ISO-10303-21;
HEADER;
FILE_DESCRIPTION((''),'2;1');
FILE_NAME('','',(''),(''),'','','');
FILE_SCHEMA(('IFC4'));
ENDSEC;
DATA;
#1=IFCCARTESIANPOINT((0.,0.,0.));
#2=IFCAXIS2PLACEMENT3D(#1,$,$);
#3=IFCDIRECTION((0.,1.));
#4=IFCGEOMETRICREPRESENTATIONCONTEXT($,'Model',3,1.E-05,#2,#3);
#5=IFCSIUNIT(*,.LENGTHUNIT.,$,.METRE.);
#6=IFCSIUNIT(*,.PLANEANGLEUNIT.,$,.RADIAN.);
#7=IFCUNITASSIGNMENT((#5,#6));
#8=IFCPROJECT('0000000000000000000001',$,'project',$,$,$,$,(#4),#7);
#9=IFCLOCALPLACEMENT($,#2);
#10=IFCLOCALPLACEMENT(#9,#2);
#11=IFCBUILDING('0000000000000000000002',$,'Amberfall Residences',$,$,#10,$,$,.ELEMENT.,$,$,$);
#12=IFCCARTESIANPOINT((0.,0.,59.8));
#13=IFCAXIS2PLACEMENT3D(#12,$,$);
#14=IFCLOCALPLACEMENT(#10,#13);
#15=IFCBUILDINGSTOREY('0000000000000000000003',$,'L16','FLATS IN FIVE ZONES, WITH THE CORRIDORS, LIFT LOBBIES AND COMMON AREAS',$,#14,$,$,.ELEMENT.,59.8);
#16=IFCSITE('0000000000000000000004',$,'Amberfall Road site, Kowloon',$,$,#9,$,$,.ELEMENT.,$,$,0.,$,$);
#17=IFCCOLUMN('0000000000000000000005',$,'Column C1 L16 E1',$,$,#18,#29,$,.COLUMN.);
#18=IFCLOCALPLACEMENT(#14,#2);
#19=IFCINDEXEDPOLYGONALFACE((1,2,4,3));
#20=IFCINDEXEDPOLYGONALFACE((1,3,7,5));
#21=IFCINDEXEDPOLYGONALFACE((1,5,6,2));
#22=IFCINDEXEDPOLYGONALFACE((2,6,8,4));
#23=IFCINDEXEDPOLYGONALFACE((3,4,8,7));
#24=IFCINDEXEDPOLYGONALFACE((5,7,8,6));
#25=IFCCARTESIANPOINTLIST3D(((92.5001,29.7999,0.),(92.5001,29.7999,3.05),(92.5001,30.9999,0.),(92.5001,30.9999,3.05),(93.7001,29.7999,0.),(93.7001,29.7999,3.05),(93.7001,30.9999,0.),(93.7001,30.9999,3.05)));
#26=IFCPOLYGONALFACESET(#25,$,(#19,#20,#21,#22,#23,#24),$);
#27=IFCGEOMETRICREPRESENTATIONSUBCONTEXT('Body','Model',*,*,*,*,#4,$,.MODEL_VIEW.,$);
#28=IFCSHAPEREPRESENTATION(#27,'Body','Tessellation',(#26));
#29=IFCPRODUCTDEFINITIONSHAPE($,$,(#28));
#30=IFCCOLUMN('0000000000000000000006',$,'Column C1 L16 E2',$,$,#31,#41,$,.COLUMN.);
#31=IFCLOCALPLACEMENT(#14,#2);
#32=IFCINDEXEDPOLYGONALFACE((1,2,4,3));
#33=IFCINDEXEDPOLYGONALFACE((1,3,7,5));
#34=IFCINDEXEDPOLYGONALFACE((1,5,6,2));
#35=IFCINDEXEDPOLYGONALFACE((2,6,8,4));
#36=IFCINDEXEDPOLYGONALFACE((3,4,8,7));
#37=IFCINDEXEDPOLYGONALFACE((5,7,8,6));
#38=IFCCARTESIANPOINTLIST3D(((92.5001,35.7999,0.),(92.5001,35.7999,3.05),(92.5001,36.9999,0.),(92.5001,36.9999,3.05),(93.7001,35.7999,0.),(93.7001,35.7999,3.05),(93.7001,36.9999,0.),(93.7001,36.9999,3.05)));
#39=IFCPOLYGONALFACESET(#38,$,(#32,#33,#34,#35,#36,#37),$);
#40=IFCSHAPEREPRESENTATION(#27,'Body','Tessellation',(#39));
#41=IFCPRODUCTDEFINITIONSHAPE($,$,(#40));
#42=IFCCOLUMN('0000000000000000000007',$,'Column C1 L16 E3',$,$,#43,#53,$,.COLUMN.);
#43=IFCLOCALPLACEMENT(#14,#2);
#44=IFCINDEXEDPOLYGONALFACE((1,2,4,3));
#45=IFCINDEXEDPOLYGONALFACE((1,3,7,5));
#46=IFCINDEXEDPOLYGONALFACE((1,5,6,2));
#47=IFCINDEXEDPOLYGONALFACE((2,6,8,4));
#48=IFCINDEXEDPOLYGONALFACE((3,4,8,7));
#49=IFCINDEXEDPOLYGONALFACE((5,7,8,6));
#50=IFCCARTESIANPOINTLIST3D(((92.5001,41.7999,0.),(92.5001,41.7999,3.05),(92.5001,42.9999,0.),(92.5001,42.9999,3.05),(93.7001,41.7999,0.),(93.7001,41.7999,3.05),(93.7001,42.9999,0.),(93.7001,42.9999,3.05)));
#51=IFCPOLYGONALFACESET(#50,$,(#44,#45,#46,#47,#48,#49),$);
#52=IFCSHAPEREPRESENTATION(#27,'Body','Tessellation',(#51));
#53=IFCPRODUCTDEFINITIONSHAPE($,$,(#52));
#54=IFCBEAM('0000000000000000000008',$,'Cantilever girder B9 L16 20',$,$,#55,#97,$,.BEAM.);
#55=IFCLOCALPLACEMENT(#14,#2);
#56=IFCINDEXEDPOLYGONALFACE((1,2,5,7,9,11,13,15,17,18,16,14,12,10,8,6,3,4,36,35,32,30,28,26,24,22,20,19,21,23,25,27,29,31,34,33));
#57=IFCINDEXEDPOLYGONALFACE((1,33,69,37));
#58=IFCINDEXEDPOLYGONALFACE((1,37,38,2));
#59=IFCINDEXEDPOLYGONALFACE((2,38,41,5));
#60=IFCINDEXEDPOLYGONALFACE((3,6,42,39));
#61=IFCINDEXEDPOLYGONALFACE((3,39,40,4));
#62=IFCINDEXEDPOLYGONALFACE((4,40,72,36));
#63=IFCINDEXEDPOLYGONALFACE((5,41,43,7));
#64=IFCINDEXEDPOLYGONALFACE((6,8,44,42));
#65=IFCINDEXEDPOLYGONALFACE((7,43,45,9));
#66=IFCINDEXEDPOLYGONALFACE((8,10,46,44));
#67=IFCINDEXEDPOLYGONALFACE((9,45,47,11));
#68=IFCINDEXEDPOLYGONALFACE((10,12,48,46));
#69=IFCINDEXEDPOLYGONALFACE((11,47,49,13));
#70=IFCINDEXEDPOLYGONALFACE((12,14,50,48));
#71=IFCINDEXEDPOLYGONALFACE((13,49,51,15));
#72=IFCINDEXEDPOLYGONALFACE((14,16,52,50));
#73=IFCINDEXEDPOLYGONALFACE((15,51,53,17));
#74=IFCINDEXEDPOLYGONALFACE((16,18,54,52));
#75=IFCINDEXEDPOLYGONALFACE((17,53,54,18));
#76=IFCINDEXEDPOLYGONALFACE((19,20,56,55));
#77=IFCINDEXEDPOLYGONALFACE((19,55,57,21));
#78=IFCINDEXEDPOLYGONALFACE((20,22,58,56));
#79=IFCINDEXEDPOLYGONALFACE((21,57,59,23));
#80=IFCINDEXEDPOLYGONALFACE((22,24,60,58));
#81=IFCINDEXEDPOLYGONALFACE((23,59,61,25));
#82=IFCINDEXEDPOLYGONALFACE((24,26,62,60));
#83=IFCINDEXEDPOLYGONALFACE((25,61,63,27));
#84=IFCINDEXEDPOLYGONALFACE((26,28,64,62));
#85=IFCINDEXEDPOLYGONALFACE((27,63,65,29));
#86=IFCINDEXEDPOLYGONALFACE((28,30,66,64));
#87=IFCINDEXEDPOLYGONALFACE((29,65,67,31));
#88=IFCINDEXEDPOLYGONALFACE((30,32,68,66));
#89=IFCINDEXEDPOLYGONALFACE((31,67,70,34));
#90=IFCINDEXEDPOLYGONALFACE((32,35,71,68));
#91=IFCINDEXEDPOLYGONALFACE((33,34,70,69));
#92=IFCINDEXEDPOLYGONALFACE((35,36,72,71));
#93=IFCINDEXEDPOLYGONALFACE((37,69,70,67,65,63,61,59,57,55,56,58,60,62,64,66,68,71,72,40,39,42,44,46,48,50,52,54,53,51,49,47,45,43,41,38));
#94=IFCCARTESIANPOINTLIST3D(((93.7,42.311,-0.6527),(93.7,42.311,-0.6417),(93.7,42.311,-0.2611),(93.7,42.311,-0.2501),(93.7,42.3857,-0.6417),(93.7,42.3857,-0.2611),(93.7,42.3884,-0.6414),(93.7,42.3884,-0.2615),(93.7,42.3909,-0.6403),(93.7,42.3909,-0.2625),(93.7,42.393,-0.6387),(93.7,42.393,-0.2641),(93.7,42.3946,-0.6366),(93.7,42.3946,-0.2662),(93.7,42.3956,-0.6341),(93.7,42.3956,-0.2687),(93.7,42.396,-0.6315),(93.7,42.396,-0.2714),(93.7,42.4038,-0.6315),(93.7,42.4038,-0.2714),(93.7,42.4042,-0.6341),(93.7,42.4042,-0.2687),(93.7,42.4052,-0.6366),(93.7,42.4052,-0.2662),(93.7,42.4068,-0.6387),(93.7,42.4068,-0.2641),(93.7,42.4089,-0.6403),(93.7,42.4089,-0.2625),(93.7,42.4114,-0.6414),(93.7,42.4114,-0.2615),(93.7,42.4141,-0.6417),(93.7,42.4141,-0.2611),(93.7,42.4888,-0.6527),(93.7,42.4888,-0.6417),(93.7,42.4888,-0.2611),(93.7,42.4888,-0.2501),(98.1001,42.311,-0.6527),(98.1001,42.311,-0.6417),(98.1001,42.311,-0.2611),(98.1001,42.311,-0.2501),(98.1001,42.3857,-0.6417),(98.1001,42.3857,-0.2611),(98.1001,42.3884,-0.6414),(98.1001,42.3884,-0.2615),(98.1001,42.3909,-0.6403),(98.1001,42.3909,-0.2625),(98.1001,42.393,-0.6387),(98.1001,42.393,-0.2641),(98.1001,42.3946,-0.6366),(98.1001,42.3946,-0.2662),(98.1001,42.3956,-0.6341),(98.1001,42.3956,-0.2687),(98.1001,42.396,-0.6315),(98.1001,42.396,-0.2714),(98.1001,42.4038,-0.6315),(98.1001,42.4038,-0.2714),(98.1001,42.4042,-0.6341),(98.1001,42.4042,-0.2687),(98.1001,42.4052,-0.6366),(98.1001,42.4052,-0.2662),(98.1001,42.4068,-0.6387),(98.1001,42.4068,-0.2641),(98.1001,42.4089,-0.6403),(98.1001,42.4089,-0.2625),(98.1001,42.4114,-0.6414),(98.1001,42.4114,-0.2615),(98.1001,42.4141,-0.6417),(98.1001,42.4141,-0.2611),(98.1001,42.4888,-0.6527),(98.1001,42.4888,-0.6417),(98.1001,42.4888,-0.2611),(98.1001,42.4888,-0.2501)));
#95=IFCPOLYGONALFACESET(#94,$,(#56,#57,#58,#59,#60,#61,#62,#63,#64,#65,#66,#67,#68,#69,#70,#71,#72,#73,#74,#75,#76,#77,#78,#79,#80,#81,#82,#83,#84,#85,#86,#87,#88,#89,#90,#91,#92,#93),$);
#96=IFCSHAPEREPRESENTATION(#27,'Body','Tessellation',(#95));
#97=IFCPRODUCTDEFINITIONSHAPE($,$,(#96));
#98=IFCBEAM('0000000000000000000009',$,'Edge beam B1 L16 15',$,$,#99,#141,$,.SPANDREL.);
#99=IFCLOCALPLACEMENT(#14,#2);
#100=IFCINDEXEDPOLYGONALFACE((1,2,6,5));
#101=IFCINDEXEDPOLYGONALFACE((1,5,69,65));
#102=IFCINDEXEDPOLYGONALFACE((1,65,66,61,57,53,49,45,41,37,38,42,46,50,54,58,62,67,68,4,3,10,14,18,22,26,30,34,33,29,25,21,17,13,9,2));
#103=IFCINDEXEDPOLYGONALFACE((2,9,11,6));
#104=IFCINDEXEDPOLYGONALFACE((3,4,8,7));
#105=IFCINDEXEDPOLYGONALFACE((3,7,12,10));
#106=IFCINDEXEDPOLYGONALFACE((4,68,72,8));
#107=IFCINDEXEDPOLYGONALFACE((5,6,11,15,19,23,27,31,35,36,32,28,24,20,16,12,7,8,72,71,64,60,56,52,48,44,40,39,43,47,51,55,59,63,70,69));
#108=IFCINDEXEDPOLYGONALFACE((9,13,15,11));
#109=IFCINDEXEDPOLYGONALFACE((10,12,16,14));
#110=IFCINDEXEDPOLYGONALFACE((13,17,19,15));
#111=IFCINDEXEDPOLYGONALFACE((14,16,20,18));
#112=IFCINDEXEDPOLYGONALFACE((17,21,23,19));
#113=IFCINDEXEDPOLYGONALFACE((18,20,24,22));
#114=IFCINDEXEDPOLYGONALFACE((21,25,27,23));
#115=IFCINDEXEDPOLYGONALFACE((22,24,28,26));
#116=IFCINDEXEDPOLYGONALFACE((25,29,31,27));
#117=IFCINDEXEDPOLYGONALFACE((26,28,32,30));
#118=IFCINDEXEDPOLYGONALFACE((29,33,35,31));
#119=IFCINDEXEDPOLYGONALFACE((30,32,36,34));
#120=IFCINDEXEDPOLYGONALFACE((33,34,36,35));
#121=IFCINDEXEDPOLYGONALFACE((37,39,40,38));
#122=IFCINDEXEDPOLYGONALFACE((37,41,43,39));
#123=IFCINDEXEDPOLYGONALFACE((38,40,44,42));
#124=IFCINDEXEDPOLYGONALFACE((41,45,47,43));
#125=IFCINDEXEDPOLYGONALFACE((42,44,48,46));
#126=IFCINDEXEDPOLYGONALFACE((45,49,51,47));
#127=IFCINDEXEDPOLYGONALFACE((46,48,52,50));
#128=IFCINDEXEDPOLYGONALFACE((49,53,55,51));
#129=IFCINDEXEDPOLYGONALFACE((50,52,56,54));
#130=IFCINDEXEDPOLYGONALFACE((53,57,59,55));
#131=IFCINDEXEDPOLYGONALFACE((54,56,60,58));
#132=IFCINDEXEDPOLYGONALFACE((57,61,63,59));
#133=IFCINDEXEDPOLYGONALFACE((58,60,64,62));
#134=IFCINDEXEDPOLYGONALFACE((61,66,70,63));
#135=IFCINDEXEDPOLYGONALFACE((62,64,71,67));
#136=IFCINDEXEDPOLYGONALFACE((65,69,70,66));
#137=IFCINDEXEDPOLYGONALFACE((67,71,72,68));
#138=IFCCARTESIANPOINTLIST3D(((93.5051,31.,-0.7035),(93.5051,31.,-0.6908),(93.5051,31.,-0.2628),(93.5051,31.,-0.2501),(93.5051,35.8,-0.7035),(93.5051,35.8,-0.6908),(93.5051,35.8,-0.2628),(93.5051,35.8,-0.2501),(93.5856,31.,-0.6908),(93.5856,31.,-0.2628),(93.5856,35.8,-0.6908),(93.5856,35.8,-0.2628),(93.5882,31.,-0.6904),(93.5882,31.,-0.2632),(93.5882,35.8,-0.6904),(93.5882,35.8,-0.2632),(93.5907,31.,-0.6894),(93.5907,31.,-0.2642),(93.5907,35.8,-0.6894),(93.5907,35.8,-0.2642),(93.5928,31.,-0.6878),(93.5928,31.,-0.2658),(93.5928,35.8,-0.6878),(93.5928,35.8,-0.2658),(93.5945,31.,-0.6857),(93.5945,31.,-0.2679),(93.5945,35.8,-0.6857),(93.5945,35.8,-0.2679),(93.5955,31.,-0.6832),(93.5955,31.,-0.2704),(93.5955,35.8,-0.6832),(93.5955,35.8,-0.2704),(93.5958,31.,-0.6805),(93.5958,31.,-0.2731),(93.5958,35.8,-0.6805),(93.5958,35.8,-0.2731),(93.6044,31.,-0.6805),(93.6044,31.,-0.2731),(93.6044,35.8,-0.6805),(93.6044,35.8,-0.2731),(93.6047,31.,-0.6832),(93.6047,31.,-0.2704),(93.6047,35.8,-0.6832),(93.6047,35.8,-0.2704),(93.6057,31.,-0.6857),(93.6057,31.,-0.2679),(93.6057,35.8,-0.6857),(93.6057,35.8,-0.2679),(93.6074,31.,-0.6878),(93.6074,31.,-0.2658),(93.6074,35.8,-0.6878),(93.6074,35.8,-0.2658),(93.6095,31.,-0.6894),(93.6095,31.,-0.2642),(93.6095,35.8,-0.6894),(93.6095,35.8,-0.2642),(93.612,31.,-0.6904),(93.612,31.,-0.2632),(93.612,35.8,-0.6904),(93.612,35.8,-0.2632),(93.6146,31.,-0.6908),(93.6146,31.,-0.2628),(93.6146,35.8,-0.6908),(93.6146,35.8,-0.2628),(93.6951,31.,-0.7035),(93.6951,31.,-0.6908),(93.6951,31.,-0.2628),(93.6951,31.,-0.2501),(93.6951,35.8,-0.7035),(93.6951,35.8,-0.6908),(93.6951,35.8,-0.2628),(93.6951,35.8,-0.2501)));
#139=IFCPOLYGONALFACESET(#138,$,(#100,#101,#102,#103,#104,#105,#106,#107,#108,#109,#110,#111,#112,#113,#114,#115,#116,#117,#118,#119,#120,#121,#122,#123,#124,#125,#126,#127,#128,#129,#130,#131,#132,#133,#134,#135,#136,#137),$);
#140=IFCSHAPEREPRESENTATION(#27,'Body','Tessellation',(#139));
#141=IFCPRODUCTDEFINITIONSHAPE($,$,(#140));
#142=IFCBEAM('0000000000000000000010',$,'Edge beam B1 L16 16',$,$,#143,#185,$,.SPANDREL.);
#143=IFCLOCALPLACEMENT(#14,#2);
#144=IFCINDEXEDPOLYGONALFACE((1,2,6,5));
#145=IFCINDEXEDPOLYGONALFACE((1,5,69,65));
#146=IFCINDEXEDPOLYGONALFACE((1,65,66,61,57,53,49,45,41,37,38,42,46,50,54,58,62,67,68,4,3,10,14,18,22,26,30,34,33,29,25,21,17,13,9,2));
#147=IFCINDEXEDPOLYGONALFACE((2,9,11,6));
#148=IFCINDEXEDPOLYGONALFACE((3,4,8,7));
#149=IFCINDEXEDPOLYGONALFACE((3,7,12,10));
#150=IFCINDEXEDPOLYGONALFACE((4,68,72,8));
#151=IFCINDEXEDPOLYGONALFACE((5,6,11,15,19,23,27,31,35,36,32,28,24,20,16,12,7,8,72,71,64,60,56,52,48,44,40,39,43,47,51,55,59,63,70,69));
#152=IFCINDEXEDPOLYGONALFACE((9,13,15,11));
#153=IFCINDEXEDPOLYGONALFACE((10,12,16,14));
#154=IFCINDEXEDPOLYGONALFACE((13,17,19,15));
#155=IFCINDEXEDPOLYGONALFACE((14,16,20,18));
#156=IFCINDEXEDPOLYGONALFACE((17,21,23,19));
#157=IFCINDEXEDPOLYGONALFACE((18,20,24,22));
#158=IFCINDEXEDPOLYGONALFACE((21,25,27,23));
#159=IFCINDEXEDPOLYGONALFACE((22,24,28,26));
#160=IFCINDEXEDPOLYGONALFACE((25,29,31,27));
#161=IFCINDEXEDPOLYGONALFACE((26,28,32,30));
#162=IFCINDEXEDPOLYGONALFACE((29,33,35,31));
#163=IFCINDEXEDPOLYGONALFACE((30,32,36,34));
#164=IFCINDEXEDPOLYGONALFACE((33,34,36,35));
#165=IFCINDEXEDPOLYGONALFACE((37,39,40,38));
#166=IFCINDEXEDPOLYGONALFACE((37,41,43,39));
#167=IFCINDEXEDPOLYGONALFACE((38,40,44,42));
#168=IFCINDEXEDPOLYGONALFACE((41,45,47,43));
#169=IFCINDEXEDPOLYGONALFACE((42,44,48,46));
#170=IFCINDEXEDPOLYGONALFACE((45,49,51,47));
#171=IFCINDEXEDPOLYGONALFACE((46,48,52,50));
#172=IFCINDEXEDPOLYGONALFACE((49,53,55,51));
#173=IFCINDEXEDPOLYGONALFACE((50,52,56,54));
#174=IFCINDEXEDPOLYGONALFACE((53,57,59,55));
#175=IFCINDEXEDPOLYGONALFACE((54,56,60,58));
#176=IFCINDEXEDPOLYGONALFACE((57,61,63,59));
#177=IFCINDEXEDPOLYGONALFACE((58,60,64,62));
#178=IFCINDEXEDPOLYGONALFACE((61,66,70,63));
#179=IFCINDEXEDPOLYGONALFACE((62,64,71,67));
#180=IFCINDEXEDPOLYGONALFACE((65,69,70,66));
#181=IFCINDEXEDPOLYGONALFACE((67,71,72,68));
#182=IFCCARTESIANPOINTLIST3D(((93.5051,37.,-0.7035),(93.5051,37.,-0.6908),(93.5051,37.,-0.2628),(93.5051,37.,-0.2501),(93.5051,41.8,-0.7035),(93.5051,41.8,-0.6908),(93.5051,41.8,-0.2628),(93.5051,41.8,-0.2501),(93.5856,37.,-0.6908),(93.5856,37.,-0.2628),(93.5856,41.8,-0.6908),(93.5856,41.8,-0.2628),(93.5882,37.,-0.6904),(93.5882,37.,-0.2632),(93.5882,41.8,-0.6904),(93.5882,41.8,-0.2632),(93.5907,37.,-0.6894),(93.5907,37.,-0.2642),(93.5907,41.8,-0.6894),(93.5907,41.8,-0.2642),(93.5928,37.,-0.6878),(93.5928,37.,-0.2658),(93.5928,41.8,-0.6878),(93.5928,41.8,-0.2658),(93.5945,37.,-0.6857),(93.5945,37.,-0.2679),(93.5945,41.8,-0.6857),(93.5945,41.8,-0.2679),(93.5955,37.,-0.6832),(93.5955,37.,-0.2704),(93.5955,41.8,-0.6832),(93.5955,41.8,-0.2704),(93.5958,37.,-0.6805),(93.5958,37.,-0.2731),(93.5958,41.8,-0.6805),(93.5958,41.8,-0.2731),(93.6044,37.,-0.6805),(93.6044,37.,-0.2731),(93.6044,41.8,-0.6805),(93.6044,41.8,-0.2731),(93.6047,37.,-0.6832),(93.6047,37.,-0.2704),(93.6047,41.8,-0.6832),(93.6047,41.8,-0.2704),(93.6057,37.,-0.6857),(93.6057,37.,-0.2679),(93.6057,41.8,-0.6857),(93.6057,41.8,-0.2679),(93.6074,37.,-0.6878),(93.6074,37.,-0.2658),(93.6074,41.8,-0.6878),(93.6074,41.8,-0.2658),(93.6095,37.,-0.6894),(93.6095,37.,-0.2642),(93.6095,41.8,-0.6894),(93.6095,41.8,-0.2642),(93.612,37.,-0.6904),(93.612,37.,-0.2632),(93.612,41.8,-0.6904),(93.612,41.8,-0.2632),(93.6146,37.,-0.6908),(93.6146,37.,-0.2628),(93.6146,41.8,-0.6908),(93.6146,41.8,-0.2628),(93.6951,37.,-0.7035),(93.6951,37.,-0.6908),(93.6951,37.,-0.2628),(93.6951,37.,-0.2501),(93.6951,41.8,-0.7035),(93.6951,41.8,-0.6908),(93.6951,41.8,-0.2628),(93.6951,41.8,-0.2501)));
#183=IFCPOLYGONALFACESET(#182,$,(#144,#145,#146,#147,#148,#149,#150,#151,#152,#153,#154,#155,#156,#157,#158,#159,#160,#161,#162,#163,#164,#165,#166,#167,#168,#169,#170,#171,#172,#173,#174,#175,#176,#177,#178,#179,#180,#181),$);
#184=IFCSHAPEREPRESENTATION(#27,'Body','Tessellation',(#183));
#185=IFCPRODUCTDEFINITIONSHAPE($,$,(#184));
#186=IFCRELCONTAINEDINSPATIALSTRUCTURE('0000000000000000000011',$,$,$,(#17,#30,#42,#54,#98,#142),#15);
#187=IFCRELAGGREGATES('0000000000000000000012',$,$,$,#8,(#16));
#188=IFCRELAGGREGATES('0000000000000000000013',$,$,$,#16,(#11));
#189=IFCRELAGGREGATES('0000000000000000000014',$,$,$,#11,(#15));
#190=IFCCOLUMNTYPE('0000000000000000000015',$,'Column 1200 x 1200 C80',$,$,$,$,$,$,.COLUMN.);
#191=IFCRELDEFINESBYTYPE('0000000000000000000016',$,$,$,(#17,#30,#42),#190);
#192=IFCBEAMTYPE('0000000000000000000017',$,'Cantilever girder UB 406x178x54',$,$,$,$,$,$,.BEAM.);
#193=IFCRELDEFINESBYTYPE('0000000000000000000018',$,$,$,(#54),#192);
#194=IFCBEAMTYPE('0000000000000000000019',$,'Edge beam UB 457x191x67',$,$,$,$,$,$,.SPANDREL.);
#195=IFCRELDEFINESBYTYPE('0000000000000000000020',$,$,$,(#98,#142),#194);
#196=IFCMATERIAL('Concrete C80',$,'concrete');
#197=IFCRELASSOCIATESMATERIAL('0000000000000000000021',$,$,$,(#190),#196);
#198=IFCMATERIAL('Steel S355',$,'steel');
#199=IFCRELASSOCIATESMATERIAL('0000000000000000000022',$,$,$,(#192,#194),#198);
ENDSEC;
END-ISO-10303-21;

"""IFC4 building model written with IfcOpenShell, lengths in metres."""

from ifc_helpers import new_model, si_unit, direction, frame, origin, origin_2d, place, context, subcontext, project, spatial, rectangle, i_section, extrude, material, material_profile, profile_set, type_object, element, save


model = new_model("IFC4")

# Units and contexts
model_context = context("Model", 3, precision=1e-05, world=origin(), true_north=direction((0.0, 1.0)))
body_context = subcontext(model_context, "Body", "Model", "MODEL_VIEW")
ifc_project = project(units=[si_unit("LENGTHUNIT", "METRE"), si_unit("PLANEANGLEUNIT", "RADIAN")], contexts=[model_context])

# Site, building, storey
site_placement = place(None, origin())
site = spatial("IfcSite", under=ifc_project, at=site_placement, Name="Amberfall Road site, Kowloon", CompositionType="ELEMENT", RefElevation=0.0)
building_placement = place(site_placement, origin())
building = spatial("IfcBuilding", under=site, at=building_placement, Name="Amberfall Residences", CompositionType="ELEMENT")
storey_placement = place(building_placement, frame((0.0, 0.0, 59.8)))
storey = spatial("IfcBuildingStorey", under=building, at=storey_placement, Name="L16", Description="FLATS IN FIVE ZONES, WITH THE CORRIDORS, LIFT LOBBIES AND COMMON AREAS", CompositionType="ELEMENT", Elevation=59.8)

# Columns
ifc_material_1 = material(Name="Concrete C80", Category="concrete")
ifc_material_profile_1 = material_profile(ifc_material_1, rectangle(XDim=1.2, YDim=1.2, at=origin_2d()), Name="Column 1200 x 1200 C80")
ifc_profile_set_1 = profile_set([ifc_material_profile_1], Name="Concrete C80")
column_type = type_object("IfcColumnType", Name="Column 1200 x 1200 C80", PredefinedType="COLUMN", material=ifc_profile_set_1)
for number, where, z_axis, x_axis, name in (
    (1, (93.1001, 30.3999, 0.0), (0.0, 0.0, 1.0), (1.0, 0.0, 0.0), "Column C1 L16 E1"),
    (2, (93.1001, 36.3999, 0.0), (0.0, 0.0, 1.0), (1.0, 0.0, 0.0), "Column C1 L16 E2"),
    (3, (93.1001, 42.3999, 0.0), (0.0, 0.0, 1.0), (1.0, 0.0, 0.0), "Column C1 L16 E3"),
):
    element("IfcColumn", number, at=place(storey_placement, frame(where, z_axis=z_axis, x_axis=x_axis)), inside=storey, type_object=column_type, Name=name, PredefinedType="COLUMN", context=body_context, shape_type="SweptSolid", body=[
        extrude(rectangle(XDim=1.2, YDim=1.2, at=origin_2d()), origin(), (0.0, 0.0, 1.0), 3.05),
    ])

# Beams
ifc_material_2 = material(Name="Steel S355", Category="steel")
ifc_material_profile_2 = material_profile(ifc_material_2, i_section(OverallWidth=0.1777, OverallDepth=0.4026, WebThickness=0.0078, FlangeThickness=0.011, FilletRadius=0.0103, at=origin_2d()), Name="UB 406x178x54")
ifc_profile_set_2 = profile_set([ifc_material_profile_2], Name="Steel S355")
beam_type_1 = type_object("IfcBeamType", Name="Cantilever girder UB 406x178x54", PredefinedType="BEAM", material=ifc_profile_set_2)
beam_1_placement = place(storey_placement, frame((93.7, 42.3999, -0.4514), z_axis=(1.0, 0.0, 0.0), x_axis=(0.0, 1.0, 0.0)))
element("IfcBeam", 4, at=beam_1_placement, inside=storey, type_object=beam_type_1, Name="Cantilever girder B9 L16 20", PredefinedType="BEAM", context=body_context, shape_type="SweptSolid", body=[
    extrude(i_section(OverallWidth=0.1777, OverallDepth=0.4026, WebThickness=0.0078, FlangeThickness=0.011, FilletRadius=0.0103, at=origin_2d()), origin(), (0.0, 0.0, 1.0), 4.4001),
])
ifc_material_profile_3 = material_profile(ifc_material_2, i_section(OverallWidth=0.1899, OverallDepth=0.4534, WebThickness=0.0085, FlangeThickness=0.0127, FilletRadius=0.0103, at=origin_2d()), Name="UB 457x191x67")
ifc_profile_set_3 = profile_set([ifc_material_profile_3], Name="Steel S355")
beam_type_2 = type_object("IfcBeamType", Name="Edge beam UB 457x191x67", PredefinedType="SPANDREL", material=ifc_profile_set_3)
for number, where, z_axis, x_axis, name in (
    (5, (93.6001, 31.0, -0.4768), (0.0, 1.0, 0.0), (-1.0, 0.0, 0.0), "Edge beam B1 L16 15"),
    (6, (93.6001, 37.0, -0.4768), (0.0, 1.0, 0.0), (-1.0, 0.0, 0.0), "Edge beam B1 L16 16"),
):
    element("IfcBeam", number, at=place(storey_placement, frame(where, z_axis=z_axis, x_axis=x_axis)), inside=storey, type_object=beam_type_2, Name=name, PredefinedType="SPANDREL", context=body_context, shape_type="SweptSolid", body=[
        extrude(i_section(OverallWidth=0.1899, OverallDepth=0.4534, WebThickness=0.0085, FlangeThickness=0.0127, FilletRadius=0.0103, at=origin_2d()), origin(), (0.0, 0.0, 1.0), 4.8),
    ])

save(model, "model.ifc")
